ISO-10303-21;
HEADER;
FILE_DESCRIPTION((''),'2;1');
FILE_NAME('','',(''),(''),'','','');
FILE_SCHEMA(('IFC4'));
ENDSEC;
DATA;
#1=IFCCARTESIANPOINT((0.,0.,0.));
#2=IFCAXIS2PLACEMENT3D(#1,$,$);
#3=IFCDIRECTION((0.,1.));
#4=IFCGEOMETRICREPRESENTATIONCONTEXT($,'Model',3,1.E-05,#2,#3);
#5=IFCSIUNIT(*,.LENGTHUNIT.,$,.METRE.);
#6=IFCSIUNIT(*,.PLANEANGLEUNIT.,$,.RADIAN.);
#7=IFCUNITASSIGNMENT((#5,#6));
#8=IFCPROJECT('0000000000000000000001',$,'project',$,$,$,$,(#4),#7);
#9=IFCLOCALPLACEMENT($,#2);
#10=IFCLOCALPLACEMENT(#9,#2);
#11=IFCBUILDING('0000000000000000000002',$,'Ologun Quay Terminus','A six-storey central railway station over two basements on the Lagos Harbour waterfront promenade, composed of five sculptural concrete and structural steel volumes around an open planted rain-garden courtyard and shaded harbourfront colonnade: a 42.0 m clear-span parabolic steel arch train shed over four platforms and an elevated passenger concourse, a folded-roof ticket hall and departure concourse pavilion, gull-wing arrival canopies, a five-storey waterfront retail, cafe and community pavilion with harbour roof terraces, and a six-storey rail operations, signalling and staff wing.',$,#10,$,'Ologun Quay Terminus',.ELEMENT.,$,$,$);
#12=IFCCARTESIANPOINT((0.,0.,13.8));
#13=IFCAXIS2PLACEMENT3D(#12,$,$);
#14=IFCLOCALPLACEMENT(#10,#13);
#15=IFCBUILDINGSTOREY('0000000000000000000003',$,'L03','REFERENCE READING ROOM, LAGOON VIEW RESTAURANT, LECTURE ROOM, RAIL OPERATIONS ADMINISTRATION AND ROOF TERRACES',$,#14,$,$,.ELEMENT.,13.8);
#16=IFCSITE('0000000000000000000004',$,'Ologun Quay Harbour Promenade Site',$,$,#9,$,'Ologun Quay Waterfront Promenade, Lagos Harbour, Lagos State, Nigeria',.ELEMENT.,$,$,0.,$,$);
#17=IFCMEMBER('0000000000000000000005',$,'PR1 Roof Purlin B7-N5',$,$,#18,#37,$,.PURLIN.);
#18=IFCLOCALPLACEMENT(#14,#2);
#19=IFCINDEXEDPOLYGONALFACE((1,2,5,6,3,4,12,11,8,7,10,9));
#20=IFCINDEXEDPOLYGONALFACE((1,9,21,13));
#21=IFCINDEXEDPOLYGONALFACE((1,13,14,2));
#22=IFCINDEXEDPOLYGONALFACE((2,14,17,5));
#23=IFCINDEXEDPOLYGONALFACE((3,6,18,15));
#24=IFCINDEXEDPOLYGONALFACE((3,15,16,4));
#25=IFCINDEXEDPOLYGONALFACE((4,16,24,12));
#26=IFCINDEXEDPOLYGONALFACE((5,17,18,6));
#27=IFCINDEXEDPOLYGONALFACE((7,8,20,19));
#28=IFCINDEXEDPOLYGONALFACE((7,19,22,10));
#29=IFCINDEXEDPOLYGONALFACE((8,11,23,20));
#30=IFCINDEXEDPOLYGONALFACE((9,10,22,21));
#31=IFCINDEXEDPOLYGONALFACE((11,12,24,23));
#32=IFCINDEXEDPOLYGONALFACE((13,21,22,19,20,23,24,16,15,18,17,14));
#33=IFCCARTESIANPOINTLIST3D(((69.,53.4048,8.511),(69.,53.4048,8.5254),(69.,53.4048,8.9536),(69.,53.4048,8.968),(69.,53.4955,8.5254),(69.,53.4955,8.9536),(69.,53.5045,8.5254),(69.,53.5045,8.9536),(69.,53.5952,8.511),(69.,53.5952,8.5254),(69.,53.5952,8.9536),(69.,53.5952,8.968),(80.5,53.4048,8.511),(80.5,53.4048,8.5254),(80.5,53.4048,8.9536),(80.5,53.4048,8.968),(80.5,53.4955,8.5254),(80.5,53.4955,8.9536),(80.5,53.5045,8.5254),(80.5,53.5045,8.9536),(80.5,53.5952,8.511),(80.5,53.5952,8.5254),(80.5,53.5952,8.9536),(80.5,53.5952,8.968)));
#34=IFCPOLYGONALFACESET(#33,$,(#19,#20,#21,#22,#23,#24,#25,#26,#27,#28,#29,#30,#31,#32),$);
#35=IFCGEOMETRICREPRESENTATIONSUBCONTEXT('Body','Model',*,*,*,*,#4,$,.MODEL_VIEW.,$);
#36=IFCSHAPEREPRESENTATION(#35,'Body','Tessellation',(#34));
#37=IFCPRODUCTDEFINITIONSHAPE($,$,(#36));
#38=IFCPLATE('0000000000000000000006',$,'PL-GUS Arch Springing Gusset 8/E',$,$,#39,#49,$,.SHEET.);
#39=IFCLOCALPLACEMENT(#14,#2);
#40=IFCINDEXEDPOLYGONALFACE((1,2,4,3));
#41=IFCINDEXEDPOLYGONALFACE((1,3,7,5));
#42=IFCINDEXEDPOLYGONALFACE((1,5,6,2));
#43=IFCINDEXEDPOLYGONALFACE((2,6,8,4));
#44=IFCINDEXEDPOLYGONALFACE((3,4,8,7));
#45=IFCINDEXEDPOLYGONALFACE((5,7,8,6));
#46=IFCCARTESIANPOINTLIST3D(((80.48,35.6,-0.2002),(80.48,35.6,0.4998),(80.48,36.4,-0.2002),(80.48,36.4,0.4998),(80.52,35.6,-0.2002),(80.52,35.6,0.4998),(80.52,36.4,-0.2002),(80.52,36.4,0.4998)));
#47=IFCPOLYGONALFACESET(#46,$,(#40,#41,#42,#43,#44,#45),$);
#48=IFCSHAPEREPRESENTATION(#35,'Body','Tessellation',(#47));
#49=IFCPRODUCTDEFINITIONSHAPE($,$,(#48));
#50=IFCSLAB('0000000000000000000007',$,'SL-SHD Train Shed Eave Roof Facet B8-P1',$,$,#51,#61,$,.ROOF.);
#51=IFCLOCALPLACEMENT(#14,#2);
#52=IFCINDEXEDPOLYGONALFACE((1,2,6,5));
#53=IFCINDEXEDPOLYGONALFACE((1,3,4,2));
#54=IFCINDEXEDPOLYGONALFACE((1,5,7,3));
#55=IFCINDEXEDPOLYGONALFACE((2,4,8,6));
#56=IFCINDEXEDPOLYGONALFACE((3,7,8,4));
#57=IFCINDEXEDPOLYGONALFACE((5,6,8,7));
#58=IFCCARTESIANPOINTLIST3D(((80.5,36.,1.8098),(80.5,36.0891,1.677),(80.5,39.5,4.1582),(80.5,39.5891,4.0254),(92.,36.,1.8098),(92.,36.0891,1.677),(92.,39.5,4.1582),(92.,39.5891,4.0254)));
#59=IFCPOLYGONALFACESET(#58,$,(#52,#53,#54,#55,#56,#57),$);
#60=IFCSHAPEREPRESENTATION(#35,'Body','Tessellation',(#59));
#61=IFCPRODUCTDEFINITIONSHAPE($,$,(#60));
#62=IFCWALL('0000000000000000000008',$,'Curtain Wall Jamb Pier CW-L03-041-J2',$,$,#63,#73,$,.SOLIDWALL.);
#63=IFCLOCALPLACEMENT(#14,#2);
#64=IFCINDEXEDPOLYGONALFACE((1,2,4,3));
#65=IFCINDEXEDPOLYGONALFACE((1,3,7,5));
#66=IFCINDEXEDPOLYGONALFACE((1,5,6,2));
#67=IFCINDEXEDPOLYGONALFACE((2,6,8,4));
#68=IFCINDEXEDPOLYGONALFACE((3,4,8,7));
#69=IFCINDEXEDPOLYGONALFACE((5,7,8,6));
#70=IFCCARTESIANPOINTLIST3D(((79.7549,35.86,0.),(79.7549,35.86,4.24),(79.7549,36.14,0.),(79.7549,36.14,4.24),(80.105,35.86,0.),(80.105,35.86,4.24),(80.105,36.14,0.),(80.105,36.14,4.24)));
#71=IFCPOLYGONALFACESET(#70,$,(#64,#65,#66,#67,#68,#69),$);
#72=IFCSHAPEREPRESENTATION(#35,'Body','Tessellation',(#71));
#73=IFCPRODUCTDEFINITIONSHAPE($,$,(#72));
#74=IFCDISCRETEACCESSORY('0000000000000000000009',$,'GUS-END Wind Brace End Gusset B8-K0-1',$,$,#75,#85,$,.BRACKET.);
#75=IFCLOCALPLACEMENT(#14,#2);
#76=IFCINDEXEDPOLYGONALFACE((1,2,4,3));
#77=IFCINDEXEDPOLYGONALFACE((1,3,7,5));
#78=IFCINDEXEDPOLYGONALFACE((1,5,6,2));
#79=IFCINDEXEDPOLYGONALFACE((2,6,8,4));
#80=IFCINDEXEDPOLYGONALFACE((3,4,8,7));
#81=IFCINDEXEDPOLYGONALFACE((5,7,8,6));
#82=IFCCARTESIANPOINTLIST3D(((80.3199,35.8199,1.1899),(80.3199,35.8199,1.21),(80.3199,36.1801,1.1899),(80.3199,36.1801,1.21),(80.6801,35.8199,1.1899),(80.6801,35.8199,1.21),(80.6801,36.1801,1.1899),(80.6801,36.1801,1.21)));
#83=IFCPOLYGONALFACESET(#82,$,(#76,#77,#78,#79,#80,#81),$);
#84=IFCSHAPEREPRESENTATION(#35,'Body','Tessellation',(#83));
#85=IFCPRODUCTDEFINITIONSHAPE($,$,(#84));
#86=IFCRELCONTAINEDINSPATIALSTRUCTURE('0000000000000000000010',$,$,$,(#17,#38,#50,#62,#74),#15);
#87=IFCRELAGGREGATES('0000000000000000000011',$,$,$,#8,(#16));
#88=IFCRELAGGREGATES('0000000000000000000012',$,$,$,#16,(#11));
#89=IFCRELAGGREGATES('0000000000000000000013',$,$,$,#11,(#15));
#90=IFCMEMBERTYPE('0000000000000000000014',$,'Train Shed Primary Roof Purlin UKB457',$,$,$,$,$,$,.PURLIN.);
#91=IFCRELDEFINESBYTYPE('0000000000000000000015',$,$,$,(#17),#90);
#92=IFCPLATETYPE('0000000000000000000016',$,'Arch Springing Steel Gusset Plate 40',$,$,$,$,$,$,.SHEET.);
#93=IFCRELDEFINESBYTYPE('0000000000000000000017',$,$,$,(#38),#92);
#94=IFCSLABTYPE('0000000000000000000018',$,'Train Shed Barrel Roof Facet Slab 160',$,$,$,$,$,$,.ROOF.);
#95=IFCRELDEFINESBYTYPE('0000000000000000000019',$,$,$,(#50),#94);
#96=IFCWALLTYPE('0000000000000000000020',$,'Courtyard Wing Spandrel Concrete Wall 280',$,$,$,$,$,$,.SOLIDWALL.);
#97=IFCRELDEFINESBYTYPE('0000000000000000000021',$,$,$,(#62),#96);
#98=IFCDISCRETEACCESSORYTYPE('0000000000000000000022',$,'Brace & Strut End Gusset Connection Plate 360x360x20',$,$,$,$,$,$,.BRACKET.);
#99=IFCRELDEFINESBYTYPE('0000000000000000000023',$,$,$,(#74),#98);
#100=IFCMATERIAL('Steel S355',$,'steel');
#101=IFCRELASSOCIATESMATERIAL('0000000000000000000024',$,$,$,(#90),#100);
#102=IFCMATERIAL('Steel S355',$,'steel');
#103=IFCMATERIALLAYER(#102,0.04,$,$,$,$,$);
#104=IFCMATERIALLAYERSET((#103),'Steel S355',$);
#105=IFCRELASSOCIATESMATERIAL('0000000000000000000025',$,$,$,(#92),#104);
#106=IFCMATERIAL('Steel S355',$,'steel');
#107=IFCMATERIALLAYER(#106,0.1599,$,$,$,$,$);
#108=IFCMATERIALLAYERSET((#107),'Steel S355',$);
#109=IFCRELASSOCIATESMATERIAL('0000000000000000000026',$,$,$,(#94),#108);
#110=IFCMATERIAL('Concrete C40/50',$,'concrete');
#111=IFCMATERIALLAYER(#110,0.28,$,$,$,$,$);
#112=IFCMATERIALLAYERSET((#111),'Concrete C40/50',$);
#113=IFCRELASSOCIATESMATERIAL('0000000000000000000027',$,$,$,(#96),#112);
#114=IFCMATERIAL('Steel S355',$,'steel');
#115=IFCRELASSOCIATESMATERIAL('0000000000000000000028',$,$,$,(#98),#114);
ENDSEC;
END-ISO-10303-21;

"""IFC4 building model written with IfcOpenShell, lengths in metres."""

from ifc_helpers import new_model, si_unit, direction, frame, frame_2d, origin, origin_2d, place, context, subcontext, project, spatial, polyline, rectangle, i_section, outline, extrude, material, layer, layer_set, material_profile, profile_set, type_object, element, save


model = new_model("IFC4")

# Units and contexts
model_context = context("Model", 3, precision=1e-05, world=origin(), true_north=direction((0.0, 1.0)))
body_context = subcontext(model_context, "Body", "Model", "MODEL_VIEW")
ifc_project = project(units=[si_unit("LENGTHUNIT", "METRE"), si_unit("PLANEANGLEUNIT", "RADIAN")], contexts=[model_context])

# Site, building, storey
site_placement = place(None, origin())
site = spatial("IfcSite", under=ifc_project, at=site_placement, Name="Ologun Quay Harbour Promenade Site", LongName="Ologun Quay Waterfront Promenade, Lagos Harbour, Lagos State, Nigeria", CompositionType="ELEMENT", RefElevation=0.0)
building_placement = place(site_placement, origin())
building = spatial("IfcBuilding", under=site, at=building_placement, Name="Ologun Quay Terminus", Description="A six-storey central railway station over two basements on the Lagos Harbour waterfront promenade, composed of five sculptural concrete and structural steel volumes around an open planted rain-garden courtyard and shaded harbourfront colonnade: a 42.0 m clear-span parabolic steel arch train shed over four platforms and an elevated passenger concourse, a folded-roof ticket hall and departure concourse pavilion, gull-wing arrival canopies, a five-storey waterfront retail, cafe and community pavilion with harbour roof terraces, and a six-storey rail operations, signalling and staff wing.", LongName="Ologun Quay Terminus", CompositionType="ELEMENT")
storey_placement = place(building_placement, frame((0.0, 0.0, 13.8)))
storey = spatial("IfcBuildingStorey", under=building, at=storey_placement, Name="L03", Description="REFERENCE READING ROOM, LAGOON VIEW RESTAURANT, LECTURE ROOM, RAIL OPERATIONS ADMINISTRATION AND ROOF TERRACES", CompositionType="ELEMENT", Elevation=13.8)

# Member
ifc_material_1 = material(Name="Steel S355", Category="steel")
ifc_material_profile_1 = material_profile(ifc_material_1, i_section(OverallWidth=0.1904, OverallDepth=0.457, WebThickness=0.009, FlangeThickness=0.0144, at=origin_2d()), Name="UKB 457x191x74")
ifc_profile_set_1 = profile_set([ifc_material_profile_1], Name="Steel S355")
member_type_1 = type_object("IfcMemberType", Name="Train Shed Primary Roof Purlin UKB457", PredefinedType="PURLIN", material=ifc_profile_set_1)
member_1_placement = place(storey_placement, frame((69.0, 53.5, 8.7395), z_axis=(1.0, 0.0, 0.0), x_axis=(0.0, 1.0, 0.0)))
element("IfcMember", 1, at=member_1_placement, inside=storey, type_object=member_type_1, Name="PR1 Roof Purlin B7-N5", PredefinedType="PURLIN", context=body_context, shape_type="SweptSolid", body=[
    extrude(i_section(OverallWidth=0.1904, OverallDepth=0.457, WebThickness=0.009, FlangeThickness=0.0144, at=origin_2d()), origin(), (0.0, 0.0, 1.0), 11.5),
])

# Plate
ifc_material_2 = material(Name="Steel S355", Category="steel")
ifc_layer_1 = layer(ifc_material_2, 0.04)
ifc_layer_set_1 = layer_set([ifc_layer_1], Name="Steel S355")
plate_type = type_object("IfcPlateType", Name="Arch Springing Steel Gusset Plate 40", PredefinedType="SHEET", material=ifc_layer_set_1)
plate_placement = place(storey_placement, frame((80.5, 36.0, -0.2002), z_axis=(0.0, 0.0, 1.0), x_axis=(0.0, 1.0, 0.0)))
element("IfcPlate", 2, at=plate_placement, inside=storey, type_object=plate_type, Name="PL-GUS Arch Springing Gusset 8/E", PredefinedType="SHEET", context=body_context, shape_type="SweptSolid", body=[
    extrude(rectangle(XDim=0.8, YDim=0.04, at=origin_2d()), origin(), (0.0, 0.0, 1.0), 0.7),
])

# Slab
ifc_material_3 = material(Name="Steel S355", Category="steel")
ifc_layer_2 = layer(ifc_material_3, 0.1599)
ifc_layer_set_2 = layer_set([ifc_layer_2], Name="Steel S355")
slab_type = type_object("IfcSlabType", Name="Train Shed Barrel Roof Facet Slab 160", PredefinedType="ROOF", material=ifc_layer_set_2)
slab_placement = place(storey_placement, frame((80.5, 36.0, 1.8098), z_axis=(0.0, -0.557171, 0.830398), x_axis=(1.0, 0.0, 0.0)))
element("IfcSlab", 3, at=slab_placement, inside=storey, type_object=slab_type, Name="SL-SHD Train Shed Eave Roof Facet B8-P1", PredefinedType="ROOF", context=body_context, shape_type="SweptSolid", body=[
    extrude(outline(polyline([(0.0, 0.0), (11.5, 0.0), (11.5, 4.2148), (0.0, 4.2148), (0.0, 0.0)])), origin(), (0.0, 0.0, -1.0), 0.1599),
])

# Wall
ifc_material_4 = material(Name="Concrete C40/50", Category="concrete")
ifc_layer_3 = layer(ifc_material_4, 0.28)
ifc_layer_set_3 = layer_set([ifc_layer_3], Name="Concrete C40/50")
wall_type = type_object("IfcWallType", Name="Courtyard Wing Spandrel Concrete Wall 280", PredefinedType="SOLIDWALL", material=ifc_layer_set_3)
wall_placement = place(storey_placement, frame((79.7549, 36.0, 0.0), z_axis=(0.0, 0.0, 1.0), x_axis=(1.0, 0.0, 0.0)))
element("IfcWall", 4, at=wall_placement, inside=storey, type_object=wall_type, Name="Curtain Wall Jamb Pier CW-L03-041-J2", PredefinedType="SOLIDWALL", context=body_context, shape_type="SweptSolid", body=[
    extrude(rectangle(XDim=0.3501, YDim=0.28, at=frame_2d((0.175, 0.0))), origin(), (0.0, 0.0, 1.0), 4.24),
])

# Discrete accessory
ifc_material_5 = material(Name="Steel S355", Category="steel")
discrete_accessory_type = type_object("IfcDiscreteAccessoryType", Name="Brace & Strut End Gusset Connection Plate 360x360x20", PredefinedType="BRACKET", material=ifc_material_5)
discrete_accessory_placement = place(storey_placement, frame((80.5, 36.0, 1.1899), z_axis=(0.0, 0.0, 1.0), x_axis=(1.0, 0.0, 0.0)))
element("IfcDiscreteAccessory", 5, at=discrete_accessory_placement, inside=storey, type_object=discrete_accessory_type, Name="GUS-END Wind Brace End Gusset B8-K0-1", PredefinedType="BRACKET", context=body_context, shape_type="SweptSolid", body=[
    extrude(rectangle(XDim=0.3601, YDim=0.3601, at=origin_2d()), origin(), (0.0, 0.0, 1.0), 0.02),
])

save(model, "model.ifc")
